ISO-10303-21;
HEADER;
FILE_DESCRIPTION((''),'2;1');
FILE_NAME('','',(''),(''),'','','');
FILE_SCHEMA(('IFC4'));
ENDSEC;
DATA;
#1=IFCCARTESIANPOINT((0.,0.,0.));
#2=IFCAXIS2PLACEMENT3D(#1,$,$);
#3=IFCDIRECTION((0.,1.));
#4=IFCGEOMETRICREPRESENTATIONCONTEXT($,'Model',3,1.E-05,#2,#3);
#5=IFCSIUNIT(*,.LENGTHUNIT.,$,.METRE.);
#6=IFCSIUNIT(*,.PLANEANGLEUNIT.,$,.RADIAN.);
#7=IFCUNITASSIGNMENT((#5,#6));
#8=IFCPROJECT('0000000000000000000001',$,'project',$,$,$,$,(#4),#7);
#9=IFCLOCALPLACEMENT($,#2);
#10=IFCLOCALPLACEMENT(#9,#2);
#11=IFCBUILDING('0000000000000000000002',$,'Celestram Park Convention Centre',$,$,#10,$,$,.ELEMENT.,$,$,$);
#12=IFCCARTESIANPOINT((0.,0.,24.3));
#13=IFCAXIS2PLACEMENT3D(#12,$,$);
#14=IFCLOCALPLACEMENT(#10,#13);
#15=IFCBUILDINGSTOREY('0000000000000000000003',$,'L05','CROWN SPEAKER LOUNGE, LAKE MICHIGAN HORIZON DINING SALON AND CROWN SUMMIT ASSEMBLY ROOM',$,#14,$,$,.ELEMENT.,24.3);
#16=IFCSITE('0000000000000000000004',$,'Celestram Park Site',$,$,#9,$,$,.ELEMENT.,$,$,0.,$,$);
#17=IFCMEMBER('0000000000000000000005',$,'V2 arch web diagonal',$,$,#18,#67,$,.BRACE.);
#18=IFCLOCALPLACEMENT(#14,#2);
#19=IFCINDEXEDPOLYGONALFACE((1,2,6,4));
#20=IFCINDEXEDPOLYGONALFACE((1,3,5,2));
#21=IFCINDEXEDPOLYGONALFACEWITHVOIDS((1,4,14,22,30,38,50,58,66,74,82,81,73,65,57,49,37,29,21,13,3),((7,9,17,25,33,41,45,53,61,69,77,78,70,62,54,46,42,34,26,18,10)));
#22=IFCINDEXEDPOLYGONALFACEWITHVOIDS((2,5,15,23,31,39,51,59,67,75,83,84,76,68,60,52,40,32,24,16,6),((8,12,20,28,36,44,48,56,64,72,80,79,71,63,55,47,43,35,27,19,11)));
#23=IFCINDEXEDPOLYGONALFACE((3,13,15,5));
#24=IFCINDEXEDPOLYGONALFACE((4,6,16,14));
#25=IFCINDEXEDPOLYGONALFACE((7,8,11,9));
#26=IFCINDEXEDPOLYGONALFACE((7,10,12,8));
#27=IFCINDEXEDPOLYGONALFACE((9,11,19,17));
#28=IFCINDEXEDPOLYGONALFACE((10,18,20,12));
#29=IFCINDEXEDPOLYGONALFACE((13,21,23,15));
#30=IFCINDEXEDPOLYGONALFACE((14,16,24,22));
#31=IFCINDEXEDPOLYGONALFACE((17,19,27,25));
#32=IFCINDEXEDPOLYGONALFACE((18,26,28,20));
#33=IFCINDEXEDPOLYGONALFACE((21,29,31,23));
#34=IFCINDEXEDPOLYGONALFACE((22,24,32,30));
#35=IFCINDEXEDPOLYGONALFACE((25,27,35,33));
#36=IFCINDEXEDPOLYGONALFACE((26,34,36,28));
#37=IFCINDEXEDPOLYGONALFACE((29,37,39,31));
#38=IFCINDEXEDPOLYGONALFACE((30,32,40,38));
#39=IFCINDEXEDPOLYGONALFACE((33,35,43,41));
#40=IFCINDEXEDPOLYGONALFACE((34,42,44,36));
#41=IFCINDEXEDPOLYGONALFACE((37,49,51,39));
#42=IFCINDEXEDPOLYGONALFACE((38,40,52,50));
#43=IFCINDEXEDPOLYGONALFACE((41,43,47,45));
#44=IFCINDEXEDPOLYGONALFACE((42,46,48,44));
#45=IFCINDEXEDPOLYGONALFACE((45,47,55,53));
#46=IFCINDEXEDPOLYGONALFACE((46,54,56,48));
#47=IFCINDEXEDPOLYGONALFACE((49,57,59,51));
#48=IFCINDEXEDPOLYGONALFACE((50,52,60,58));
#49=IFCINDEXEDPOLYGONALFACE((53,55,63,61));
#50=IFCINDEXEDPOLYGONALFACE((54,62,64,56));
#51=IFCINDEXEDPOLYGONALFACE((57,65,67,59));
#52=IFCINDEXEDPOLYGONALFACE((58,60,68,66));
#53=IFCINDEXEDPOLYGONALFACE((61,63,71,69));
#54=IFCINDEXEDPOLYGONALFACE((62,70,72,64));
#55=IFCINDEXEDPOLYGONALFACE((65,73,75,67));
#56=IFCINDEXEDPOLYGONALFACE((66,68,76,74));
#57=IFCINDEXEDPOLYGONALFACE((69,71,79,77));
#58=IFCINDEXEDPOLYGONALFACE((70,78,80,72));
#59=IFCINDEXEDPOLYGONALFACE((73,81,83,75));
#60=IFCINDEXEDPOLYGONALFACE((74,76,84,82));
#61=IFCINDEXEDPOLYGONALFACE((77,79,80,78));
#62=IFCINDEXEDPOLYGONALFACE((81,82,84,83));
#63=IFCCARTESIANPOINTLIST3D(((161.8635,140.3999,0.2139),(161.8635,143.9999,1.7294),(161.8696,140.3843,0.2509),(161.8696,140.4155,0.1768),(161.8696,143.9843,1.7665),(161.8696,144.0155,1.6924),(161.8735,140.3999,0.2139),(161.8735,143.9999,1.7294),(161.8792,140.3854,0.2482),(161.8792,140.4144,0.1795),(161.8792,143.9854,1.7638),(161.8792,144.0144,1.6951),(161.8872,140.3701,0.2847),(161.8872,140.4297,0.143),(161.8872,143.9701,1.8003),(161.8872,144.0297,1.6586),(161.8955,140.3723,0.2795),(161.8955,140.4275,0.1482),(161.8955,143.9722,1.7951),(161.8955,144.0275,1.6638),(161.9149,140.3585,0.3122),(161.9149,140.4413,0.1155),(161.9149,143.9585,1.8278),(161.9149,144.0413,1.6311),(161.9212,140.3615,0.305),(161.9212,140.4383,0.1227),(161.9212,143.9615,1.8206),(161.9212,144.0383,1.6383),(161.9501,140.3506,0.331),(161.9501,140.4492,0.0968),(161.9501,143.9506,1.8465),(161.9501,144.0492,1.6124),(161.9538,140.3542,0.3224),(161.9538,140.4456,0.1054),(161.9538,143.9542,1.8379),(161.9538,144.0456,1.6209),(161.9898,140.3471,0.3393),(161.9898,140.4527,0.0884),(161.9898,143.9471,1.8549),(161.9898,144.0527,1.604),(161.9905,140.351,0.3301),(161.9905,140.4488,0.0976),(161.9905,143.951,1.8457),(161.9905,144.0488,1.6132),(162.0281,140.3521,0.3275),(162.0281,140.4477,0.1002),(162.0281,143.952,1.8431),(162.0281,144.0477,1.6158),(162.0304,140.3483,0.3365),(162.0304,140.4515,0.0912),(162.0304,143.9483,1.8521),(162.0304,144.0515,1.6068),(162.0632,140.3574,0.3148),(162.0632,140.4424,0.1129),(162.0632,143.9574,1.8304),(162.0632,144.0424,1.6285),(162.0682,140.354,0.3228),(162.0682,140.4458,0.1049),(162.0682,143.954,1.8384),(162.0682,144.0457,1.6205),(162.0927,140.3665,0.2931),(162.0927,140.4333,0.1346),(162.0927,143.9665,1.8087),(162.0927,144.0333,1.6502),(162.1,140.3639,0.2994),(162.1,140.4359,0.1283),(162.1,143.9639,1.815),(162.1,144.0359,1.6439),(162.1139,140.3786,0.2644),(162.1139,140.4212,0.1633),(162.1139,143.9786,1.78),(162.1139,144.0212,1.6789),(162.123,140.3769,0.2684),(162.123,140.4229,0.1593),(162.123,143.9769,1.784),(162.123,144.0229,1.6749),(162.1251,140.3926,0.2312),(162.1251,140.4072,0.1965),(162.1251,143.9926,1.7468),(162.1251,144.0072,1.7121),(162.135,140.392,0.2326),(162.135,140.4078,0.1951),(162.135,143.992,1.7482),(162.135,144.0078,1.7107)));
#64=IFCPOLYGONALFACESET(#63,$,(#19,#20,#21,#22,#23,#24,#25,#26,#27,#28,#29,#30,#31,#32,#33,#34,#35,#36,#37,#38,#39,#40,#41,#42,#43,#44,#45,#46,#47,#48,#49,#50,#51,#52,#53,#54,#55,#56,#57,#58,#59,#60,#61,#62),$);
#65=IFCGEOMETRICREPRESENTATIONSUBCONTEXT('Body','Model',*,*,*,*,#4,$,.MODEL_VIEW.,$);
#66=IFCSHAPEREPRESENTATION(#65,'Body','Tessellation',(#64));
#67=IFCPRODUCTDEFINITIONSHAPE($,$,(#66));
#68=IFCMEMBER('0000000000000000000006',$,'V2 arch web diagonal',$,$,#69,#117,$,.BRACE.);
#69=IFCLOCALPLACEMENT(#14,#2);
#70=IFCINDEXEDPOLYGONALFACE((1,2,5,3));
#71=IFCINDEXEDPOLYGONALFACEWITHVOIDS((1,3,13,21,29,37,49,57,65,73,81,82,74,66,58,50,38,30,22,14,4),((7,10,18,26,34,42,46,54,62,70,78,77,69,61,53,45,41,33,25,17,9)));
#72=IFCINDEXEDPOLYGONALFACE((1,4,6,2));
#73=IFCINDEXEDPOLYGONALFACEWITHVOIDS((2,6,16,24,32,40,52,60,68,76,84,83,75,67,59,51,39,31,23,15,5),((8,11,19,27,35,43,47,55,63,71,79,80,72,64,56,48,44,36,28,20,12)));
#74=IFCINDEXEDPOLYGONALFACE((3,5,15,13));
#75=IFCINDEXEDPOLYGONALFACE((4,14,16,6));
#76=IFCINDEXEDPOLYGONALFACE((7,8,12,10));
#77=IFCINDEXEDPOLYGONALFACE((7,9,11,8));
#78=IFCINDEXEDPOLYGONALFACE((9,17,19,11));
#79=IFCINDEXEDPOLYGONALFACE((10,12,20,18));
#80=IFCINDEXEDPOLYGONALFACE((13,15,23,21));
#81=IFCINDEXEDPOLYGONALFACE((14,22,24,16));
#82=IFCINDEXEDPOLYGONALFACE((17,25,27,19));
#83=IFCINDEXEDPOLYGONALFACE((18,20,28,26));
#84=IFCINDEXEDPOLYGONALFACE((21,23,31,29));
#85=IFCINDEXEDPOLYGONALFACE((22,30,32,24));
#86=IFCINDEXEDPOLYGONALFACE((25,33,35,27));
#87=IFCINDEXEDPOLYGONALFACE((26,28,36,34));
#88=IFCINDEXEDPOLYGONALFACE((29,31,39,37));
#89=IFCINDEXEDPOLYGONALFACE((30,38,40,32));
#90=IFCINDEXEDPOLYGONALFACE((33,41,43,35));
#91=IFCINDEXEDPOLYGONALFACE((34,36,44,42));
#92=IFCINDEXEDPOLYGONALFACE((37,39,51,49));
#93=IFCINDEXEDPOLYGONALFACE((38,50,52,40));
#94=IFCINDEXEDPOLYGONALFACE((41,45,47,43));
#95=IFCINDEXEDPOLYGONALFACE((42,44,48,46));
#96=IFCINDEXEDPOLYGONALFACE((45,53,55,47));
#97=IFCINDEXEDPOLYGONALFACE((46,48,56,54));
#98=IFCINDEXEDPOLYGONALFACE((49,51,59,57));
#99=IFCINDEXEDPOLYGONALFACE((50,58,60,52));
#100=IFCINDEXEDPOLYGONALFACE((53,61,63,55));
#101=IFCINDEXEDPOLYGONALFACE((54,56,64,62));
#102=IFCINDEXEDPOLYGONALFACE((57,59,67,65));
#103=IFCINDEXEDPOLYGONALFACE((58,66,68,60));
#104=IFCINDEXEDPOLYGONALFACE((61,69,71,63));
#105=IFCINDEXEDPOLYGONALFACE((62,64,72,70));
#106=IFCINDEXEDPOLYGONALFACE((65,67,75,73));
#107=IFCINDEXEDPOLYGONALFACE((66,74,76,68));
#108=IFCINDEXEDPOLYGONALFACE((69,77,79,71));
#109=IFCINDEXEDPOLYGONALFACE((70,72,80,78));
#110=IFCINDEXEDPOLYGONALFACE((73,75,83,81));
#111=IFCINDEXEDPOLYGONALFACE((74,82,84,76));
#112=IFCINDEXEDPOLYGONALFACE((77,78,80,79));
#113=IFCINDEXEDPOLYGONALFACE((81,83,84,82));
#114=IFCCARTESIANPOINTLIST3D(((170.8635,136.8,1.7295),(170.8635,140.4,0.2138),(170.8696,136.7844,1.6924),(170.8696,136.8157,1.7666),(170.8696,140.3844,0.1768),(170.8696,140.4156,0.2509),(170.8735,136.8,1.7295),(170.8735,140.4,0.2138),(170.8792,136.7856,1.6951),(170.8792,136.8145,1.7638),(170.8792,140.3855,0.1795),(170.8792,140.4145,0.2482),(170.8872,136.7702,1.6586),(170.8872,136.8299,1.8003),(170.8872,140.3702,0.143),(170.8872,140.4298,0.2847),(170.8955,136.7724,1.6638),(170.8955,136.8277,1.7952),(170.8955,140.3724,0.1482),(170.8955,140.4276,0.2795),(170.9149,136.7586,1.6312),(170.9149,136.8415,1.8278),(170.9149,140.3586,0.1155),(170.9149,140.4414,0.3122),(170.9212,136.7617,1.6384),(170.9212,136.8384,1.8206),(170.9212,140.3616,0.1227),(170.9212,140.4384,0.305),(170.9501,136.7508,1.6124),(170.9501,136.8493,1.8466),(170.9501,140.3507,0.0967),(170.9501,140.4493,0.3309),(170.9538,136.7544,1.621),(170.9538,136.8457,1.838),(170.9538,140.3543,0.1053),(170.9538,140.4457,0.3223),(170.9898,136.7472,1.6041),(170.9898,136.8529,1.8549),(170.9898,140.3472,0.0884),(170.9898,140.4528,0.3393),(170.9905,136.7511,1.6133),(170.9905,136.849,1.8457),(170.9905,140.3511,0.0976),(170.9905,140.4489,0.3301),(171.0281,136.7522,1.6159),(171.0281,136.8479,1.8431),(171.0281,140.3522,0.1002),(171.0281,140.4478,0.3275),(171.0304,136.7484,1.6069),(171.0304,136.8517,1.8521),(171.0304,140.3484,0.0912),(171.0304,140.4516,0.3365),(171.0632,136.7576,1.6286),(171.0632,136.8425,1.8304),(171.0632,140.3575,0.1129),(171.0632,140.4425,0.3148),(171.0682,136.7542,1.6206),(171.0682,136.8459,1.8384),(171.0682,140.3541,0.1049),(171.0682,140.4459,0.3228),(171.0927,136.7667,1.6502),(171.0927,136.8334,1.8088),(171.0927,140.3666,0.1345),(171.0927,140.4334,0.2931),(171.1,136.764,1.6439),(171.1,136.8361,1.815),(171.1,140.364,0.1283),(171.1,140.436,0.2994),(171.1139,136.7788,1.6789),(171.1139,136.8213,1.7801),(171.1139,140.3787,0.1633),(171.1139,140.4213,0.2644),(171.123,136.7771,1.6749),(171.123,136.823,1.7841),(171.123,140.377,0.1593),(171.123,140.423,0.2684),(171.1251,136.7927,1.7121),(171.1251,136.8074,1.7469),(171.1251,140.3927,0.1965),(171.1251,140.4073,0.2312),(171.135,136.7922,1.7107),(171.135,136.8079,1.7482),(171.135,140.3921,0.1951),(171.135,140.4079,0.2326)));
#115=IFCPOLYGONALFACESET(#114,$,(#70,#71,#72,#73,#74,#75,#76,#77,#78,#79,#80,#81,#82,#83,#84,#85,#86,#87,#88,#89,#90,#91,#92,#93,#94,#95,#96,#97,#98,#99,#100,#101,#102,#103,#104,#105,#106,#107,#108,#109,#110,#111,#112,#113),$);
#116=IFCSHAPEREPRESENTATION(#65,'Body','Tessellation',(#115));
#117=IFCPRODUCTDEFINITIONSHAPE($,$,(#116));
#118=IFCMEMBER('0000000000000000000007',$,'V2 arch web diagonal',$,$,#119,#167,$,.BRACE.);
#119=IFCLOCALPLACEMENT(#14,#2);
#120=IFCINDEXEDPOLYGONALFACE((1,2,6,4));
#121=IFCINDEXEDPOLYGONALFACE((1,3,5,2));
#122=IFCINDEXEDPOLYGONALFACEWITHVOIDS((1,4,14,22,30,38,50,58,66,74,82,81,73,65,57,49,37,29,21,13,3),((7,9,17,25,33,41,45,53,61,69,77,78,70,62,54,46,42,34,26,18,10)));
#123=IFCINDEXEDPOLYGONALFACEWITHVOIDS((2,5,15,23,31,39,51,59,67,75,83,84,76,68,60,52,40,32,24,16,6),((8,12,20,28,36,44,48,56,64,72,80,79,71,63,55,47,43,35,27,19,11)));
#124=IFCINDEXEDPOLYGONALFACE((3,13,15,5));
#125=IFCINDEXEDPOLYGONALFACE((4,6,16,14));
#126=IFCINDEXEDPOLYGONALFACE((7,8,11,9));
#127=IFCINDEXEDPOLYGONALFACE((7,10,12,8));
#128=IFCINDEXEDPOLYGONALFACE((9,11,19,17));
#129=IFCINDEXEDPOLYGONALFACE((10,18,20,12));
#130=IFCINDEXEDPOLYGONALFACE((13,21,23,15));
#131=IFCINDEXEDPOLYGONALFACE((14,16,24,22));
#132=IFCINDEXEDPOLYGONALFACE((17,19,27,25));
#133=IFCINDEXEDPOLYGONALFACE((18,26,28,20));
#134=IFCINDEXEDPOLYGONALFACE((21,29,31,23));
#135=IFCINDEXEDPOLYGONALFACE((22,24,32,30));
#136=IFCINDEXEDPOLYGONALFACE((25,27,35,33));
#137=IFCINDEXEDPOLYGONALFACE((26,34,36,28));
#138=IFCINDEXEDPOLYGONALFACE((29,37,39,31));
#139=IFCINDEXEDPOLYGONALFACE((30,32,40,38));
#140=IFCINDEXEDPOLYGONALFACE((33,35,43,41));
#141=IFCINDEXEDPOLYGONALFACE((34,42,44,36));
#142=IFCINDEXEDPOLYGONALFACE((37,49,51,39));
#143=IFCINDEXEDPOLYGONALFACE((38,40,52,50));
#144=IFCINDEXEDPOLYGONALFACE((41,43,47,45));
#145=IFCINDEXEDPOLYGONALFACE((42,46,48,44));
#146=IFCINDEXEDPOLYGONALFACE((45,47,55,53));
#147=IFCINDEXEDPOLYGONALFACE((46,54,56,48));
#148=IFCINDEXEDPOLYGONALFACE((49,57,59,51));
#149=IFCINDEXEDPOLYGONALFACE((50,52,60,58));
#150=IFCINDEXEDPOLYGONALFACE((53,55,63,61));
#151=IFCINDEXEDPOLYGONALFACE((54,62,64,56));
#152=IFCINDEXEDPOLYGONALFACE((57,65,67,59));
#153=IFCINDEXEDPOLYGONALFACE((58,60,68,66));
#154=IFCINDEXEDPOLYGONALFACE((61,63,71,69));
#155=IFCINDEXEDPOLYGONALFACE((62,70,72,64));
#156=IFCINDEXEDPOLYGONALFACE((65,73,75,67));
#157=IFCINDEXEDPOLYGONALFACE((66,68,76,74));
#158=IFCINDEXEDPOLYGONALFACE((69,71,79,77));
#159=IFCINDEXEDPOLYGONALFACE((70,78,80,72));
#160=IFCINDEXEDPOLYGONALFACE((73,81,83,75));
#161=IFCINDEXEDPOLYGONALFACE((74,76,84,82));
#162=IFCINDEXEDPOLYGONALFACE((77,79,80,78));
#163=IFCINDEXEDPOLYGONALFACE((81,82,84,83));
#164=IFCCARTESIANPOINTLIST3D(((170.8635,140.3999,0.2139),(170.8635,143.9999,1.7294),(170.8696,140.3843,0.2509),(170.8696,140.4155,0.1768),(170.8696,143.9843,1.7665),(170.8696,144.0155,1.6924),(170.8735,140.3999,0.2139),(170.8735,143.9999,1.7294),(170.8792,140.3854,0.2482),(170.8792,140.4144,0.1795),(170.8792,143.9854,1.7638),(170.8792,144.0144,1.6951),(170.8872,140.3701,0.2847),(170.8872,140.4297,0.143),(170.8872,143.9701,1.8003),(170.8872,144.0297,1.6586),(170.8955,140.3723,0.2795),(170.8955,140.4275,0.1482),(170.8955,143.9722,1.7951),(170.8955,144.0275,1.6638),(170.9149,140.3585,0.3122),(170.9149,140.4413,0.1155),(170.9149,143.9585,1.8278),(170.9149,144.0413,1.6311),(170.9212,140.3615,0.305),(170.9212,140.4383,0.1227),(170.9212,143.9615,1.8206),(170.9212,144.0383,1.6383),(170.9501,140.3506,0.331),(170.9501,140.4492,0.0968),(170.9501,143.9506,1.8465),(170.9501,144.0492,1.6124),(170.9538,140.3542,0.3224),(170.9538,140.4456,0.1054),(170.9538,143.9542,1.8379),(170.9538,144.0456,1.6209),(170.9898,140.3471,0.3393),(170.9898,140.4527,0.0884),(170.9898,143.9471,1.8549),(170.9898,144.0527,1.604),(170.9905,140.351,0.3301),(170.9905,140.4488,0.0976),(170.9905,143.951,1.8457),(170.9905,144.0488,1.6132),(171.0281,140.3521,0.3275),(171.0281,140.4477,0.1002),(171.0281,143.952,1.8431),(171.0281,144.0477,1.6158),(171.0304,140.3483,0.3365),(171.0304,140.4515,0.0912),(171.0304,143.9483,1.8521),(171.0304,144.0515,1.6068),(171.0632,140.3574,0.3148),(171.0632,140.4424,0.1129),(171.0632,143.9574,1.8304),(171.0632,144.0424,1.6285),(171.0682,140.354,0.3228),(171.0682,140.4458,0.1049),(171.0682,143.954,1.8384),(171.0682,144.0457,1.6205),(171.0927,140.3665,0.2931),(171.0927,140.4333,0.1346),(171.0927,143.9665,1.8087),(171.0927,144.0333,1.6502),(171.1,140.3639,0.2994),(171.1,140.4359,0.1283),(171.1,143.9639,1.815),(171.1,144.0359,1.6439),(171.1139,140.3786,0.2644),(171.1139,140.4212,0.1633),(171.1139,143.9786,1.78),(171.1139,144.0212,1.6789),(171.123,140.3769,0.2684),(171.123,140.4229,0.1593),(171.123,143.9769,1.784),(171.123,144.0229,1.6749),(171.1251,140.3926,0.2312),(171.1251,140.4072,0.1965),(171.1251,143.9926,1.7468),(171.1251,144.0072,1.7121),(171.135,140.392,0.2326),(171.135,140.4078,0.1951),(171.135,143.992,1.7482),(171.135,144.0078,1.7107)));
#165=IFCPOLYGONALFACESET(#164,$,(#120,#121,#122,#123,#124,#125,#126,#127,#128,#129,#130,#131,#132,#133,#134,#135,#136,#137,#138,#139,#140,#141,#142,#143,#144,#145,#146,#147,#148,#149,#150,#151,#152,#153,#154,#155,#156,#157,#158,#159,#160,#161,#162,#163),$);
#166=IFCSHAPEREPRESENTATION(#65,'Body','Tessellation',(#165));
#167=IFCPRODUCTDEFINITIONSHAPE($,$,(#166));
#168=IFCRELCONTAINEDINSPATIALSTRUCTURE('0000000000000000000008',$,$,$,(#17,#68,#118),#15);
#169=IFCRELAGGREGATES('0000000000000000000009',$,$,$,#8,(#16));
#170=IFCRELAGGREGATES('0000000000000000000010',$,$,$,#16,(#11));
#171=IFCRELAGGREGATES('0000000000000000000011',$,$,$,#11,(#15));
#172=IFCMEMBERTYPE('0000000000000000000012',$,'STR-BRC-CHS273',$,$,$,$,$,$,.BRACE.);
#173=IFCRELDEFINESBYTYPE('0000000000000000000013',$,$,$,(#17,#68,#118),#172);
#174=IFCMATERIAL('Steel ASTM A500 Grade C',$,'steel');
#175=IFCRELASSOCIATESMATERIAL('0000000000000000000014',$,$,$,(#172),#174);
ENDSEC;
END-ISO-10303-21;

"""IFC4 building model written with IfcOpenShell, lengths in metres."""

from ifc_helpers import new_model, si_unit, direction, frame, origin, origin_2d, place, context, subcontext, project, spatial, hollow_circle, extrude, material, material_profile, profile_set, type_object, element, save


model = new_model("IFC4")

# Units and contexts
model_context = context("Model", 3, precision=1e-05, world=origin(), true_north=direction((0.0, 1.0)))
body_context = subcontext(model_context, "Body", "Model", "MODEL_VIEW")
ifc_project = project(units=[si_unit("LENGTHUNIT", "METRE"), si_unit("PLANEANGLEUNIT", "RADIAN")], contexts=[model_context])

# Site, building, storey
site_placement = place(None, origin())
site = spatial("IfcSite", under=ifc_project, at=site_placement, Name="Celestram Park Site", CompositionType="ELEMENT", RefElevation=0.0)
building_placement = place(site_placement, origin())
building = spatial("IfcBuilding", under=site, at=building_placement, Name="Celestram Park Convention Centre", CompositionType="ELEMENT")
storey_placement = place(building_placement, frame((0.0, 0.0, 24.3)))
storey = spatial("IfcBuildingStorey", under=building, at=storey_placement, Name="L05", Description="CROWN SPEAKER LOUNGE, LAKE MICHIGAN HORIZON DINING SALON AND CROWN SUMMIT ASSEMBLY ROOM", CompositionType="ELEMENT", Elevation=24.3)

# Members
ifc_material_1 = material(Name="Steel ASTM A500 Grade C", Category="steel")
ifc_material_profile_1 = material_profile(ifc_material_1, hollow_circle(Radius=0.1365, WallThickness=0.01, at=origin_2d()), Name="CHS273X10")
ifc_profile_set_1 = profile_set([ifc_material_profile_1], Name="Steel ASTM A500 Grade C")
member_type_1 = type_object("IfcMemberType", Name="STR-BRC-CHS273", PredefinedType="BRACE", material=ifc_profile_set_1)
for number, where, z_axis, x_axis, name in (
    (1, (162.0, 140.3999, 0.2139), (0.0, 0.921654, 0.388012), (-1.0, 0.0, 0.0), "V2 arch web diagonal"),
    (2, (171.0, 136.8, 1.7295), (0.0, 0.921645, -0.388035), (-1.0, 0.0, 0.0), "V2 arch web diagonal"),
    (3, (171.0, 140.3999, 0.2139), (0.0, 0.921654, 0.388012), (-1.0, 0.0, 0.0), "V2 arch web diagonal"),
):
    element("IfcMember", number, at=place(storey_placement, frame(where, z_axis=z_axis, x_axis=x_axis)), inside=storey, type_object=member_type_1, Name=name, PredefinedType="BRACE", context=body_context, shape_type="SweptSolid", body=[
        extrude(hollow_circle(Radius=0.1365, WallThickness=0.01, at=origin_2d()), origin(), (0.0, 0.0, 1.0), 3.906),
    ])

save(model, "model.ifc")
